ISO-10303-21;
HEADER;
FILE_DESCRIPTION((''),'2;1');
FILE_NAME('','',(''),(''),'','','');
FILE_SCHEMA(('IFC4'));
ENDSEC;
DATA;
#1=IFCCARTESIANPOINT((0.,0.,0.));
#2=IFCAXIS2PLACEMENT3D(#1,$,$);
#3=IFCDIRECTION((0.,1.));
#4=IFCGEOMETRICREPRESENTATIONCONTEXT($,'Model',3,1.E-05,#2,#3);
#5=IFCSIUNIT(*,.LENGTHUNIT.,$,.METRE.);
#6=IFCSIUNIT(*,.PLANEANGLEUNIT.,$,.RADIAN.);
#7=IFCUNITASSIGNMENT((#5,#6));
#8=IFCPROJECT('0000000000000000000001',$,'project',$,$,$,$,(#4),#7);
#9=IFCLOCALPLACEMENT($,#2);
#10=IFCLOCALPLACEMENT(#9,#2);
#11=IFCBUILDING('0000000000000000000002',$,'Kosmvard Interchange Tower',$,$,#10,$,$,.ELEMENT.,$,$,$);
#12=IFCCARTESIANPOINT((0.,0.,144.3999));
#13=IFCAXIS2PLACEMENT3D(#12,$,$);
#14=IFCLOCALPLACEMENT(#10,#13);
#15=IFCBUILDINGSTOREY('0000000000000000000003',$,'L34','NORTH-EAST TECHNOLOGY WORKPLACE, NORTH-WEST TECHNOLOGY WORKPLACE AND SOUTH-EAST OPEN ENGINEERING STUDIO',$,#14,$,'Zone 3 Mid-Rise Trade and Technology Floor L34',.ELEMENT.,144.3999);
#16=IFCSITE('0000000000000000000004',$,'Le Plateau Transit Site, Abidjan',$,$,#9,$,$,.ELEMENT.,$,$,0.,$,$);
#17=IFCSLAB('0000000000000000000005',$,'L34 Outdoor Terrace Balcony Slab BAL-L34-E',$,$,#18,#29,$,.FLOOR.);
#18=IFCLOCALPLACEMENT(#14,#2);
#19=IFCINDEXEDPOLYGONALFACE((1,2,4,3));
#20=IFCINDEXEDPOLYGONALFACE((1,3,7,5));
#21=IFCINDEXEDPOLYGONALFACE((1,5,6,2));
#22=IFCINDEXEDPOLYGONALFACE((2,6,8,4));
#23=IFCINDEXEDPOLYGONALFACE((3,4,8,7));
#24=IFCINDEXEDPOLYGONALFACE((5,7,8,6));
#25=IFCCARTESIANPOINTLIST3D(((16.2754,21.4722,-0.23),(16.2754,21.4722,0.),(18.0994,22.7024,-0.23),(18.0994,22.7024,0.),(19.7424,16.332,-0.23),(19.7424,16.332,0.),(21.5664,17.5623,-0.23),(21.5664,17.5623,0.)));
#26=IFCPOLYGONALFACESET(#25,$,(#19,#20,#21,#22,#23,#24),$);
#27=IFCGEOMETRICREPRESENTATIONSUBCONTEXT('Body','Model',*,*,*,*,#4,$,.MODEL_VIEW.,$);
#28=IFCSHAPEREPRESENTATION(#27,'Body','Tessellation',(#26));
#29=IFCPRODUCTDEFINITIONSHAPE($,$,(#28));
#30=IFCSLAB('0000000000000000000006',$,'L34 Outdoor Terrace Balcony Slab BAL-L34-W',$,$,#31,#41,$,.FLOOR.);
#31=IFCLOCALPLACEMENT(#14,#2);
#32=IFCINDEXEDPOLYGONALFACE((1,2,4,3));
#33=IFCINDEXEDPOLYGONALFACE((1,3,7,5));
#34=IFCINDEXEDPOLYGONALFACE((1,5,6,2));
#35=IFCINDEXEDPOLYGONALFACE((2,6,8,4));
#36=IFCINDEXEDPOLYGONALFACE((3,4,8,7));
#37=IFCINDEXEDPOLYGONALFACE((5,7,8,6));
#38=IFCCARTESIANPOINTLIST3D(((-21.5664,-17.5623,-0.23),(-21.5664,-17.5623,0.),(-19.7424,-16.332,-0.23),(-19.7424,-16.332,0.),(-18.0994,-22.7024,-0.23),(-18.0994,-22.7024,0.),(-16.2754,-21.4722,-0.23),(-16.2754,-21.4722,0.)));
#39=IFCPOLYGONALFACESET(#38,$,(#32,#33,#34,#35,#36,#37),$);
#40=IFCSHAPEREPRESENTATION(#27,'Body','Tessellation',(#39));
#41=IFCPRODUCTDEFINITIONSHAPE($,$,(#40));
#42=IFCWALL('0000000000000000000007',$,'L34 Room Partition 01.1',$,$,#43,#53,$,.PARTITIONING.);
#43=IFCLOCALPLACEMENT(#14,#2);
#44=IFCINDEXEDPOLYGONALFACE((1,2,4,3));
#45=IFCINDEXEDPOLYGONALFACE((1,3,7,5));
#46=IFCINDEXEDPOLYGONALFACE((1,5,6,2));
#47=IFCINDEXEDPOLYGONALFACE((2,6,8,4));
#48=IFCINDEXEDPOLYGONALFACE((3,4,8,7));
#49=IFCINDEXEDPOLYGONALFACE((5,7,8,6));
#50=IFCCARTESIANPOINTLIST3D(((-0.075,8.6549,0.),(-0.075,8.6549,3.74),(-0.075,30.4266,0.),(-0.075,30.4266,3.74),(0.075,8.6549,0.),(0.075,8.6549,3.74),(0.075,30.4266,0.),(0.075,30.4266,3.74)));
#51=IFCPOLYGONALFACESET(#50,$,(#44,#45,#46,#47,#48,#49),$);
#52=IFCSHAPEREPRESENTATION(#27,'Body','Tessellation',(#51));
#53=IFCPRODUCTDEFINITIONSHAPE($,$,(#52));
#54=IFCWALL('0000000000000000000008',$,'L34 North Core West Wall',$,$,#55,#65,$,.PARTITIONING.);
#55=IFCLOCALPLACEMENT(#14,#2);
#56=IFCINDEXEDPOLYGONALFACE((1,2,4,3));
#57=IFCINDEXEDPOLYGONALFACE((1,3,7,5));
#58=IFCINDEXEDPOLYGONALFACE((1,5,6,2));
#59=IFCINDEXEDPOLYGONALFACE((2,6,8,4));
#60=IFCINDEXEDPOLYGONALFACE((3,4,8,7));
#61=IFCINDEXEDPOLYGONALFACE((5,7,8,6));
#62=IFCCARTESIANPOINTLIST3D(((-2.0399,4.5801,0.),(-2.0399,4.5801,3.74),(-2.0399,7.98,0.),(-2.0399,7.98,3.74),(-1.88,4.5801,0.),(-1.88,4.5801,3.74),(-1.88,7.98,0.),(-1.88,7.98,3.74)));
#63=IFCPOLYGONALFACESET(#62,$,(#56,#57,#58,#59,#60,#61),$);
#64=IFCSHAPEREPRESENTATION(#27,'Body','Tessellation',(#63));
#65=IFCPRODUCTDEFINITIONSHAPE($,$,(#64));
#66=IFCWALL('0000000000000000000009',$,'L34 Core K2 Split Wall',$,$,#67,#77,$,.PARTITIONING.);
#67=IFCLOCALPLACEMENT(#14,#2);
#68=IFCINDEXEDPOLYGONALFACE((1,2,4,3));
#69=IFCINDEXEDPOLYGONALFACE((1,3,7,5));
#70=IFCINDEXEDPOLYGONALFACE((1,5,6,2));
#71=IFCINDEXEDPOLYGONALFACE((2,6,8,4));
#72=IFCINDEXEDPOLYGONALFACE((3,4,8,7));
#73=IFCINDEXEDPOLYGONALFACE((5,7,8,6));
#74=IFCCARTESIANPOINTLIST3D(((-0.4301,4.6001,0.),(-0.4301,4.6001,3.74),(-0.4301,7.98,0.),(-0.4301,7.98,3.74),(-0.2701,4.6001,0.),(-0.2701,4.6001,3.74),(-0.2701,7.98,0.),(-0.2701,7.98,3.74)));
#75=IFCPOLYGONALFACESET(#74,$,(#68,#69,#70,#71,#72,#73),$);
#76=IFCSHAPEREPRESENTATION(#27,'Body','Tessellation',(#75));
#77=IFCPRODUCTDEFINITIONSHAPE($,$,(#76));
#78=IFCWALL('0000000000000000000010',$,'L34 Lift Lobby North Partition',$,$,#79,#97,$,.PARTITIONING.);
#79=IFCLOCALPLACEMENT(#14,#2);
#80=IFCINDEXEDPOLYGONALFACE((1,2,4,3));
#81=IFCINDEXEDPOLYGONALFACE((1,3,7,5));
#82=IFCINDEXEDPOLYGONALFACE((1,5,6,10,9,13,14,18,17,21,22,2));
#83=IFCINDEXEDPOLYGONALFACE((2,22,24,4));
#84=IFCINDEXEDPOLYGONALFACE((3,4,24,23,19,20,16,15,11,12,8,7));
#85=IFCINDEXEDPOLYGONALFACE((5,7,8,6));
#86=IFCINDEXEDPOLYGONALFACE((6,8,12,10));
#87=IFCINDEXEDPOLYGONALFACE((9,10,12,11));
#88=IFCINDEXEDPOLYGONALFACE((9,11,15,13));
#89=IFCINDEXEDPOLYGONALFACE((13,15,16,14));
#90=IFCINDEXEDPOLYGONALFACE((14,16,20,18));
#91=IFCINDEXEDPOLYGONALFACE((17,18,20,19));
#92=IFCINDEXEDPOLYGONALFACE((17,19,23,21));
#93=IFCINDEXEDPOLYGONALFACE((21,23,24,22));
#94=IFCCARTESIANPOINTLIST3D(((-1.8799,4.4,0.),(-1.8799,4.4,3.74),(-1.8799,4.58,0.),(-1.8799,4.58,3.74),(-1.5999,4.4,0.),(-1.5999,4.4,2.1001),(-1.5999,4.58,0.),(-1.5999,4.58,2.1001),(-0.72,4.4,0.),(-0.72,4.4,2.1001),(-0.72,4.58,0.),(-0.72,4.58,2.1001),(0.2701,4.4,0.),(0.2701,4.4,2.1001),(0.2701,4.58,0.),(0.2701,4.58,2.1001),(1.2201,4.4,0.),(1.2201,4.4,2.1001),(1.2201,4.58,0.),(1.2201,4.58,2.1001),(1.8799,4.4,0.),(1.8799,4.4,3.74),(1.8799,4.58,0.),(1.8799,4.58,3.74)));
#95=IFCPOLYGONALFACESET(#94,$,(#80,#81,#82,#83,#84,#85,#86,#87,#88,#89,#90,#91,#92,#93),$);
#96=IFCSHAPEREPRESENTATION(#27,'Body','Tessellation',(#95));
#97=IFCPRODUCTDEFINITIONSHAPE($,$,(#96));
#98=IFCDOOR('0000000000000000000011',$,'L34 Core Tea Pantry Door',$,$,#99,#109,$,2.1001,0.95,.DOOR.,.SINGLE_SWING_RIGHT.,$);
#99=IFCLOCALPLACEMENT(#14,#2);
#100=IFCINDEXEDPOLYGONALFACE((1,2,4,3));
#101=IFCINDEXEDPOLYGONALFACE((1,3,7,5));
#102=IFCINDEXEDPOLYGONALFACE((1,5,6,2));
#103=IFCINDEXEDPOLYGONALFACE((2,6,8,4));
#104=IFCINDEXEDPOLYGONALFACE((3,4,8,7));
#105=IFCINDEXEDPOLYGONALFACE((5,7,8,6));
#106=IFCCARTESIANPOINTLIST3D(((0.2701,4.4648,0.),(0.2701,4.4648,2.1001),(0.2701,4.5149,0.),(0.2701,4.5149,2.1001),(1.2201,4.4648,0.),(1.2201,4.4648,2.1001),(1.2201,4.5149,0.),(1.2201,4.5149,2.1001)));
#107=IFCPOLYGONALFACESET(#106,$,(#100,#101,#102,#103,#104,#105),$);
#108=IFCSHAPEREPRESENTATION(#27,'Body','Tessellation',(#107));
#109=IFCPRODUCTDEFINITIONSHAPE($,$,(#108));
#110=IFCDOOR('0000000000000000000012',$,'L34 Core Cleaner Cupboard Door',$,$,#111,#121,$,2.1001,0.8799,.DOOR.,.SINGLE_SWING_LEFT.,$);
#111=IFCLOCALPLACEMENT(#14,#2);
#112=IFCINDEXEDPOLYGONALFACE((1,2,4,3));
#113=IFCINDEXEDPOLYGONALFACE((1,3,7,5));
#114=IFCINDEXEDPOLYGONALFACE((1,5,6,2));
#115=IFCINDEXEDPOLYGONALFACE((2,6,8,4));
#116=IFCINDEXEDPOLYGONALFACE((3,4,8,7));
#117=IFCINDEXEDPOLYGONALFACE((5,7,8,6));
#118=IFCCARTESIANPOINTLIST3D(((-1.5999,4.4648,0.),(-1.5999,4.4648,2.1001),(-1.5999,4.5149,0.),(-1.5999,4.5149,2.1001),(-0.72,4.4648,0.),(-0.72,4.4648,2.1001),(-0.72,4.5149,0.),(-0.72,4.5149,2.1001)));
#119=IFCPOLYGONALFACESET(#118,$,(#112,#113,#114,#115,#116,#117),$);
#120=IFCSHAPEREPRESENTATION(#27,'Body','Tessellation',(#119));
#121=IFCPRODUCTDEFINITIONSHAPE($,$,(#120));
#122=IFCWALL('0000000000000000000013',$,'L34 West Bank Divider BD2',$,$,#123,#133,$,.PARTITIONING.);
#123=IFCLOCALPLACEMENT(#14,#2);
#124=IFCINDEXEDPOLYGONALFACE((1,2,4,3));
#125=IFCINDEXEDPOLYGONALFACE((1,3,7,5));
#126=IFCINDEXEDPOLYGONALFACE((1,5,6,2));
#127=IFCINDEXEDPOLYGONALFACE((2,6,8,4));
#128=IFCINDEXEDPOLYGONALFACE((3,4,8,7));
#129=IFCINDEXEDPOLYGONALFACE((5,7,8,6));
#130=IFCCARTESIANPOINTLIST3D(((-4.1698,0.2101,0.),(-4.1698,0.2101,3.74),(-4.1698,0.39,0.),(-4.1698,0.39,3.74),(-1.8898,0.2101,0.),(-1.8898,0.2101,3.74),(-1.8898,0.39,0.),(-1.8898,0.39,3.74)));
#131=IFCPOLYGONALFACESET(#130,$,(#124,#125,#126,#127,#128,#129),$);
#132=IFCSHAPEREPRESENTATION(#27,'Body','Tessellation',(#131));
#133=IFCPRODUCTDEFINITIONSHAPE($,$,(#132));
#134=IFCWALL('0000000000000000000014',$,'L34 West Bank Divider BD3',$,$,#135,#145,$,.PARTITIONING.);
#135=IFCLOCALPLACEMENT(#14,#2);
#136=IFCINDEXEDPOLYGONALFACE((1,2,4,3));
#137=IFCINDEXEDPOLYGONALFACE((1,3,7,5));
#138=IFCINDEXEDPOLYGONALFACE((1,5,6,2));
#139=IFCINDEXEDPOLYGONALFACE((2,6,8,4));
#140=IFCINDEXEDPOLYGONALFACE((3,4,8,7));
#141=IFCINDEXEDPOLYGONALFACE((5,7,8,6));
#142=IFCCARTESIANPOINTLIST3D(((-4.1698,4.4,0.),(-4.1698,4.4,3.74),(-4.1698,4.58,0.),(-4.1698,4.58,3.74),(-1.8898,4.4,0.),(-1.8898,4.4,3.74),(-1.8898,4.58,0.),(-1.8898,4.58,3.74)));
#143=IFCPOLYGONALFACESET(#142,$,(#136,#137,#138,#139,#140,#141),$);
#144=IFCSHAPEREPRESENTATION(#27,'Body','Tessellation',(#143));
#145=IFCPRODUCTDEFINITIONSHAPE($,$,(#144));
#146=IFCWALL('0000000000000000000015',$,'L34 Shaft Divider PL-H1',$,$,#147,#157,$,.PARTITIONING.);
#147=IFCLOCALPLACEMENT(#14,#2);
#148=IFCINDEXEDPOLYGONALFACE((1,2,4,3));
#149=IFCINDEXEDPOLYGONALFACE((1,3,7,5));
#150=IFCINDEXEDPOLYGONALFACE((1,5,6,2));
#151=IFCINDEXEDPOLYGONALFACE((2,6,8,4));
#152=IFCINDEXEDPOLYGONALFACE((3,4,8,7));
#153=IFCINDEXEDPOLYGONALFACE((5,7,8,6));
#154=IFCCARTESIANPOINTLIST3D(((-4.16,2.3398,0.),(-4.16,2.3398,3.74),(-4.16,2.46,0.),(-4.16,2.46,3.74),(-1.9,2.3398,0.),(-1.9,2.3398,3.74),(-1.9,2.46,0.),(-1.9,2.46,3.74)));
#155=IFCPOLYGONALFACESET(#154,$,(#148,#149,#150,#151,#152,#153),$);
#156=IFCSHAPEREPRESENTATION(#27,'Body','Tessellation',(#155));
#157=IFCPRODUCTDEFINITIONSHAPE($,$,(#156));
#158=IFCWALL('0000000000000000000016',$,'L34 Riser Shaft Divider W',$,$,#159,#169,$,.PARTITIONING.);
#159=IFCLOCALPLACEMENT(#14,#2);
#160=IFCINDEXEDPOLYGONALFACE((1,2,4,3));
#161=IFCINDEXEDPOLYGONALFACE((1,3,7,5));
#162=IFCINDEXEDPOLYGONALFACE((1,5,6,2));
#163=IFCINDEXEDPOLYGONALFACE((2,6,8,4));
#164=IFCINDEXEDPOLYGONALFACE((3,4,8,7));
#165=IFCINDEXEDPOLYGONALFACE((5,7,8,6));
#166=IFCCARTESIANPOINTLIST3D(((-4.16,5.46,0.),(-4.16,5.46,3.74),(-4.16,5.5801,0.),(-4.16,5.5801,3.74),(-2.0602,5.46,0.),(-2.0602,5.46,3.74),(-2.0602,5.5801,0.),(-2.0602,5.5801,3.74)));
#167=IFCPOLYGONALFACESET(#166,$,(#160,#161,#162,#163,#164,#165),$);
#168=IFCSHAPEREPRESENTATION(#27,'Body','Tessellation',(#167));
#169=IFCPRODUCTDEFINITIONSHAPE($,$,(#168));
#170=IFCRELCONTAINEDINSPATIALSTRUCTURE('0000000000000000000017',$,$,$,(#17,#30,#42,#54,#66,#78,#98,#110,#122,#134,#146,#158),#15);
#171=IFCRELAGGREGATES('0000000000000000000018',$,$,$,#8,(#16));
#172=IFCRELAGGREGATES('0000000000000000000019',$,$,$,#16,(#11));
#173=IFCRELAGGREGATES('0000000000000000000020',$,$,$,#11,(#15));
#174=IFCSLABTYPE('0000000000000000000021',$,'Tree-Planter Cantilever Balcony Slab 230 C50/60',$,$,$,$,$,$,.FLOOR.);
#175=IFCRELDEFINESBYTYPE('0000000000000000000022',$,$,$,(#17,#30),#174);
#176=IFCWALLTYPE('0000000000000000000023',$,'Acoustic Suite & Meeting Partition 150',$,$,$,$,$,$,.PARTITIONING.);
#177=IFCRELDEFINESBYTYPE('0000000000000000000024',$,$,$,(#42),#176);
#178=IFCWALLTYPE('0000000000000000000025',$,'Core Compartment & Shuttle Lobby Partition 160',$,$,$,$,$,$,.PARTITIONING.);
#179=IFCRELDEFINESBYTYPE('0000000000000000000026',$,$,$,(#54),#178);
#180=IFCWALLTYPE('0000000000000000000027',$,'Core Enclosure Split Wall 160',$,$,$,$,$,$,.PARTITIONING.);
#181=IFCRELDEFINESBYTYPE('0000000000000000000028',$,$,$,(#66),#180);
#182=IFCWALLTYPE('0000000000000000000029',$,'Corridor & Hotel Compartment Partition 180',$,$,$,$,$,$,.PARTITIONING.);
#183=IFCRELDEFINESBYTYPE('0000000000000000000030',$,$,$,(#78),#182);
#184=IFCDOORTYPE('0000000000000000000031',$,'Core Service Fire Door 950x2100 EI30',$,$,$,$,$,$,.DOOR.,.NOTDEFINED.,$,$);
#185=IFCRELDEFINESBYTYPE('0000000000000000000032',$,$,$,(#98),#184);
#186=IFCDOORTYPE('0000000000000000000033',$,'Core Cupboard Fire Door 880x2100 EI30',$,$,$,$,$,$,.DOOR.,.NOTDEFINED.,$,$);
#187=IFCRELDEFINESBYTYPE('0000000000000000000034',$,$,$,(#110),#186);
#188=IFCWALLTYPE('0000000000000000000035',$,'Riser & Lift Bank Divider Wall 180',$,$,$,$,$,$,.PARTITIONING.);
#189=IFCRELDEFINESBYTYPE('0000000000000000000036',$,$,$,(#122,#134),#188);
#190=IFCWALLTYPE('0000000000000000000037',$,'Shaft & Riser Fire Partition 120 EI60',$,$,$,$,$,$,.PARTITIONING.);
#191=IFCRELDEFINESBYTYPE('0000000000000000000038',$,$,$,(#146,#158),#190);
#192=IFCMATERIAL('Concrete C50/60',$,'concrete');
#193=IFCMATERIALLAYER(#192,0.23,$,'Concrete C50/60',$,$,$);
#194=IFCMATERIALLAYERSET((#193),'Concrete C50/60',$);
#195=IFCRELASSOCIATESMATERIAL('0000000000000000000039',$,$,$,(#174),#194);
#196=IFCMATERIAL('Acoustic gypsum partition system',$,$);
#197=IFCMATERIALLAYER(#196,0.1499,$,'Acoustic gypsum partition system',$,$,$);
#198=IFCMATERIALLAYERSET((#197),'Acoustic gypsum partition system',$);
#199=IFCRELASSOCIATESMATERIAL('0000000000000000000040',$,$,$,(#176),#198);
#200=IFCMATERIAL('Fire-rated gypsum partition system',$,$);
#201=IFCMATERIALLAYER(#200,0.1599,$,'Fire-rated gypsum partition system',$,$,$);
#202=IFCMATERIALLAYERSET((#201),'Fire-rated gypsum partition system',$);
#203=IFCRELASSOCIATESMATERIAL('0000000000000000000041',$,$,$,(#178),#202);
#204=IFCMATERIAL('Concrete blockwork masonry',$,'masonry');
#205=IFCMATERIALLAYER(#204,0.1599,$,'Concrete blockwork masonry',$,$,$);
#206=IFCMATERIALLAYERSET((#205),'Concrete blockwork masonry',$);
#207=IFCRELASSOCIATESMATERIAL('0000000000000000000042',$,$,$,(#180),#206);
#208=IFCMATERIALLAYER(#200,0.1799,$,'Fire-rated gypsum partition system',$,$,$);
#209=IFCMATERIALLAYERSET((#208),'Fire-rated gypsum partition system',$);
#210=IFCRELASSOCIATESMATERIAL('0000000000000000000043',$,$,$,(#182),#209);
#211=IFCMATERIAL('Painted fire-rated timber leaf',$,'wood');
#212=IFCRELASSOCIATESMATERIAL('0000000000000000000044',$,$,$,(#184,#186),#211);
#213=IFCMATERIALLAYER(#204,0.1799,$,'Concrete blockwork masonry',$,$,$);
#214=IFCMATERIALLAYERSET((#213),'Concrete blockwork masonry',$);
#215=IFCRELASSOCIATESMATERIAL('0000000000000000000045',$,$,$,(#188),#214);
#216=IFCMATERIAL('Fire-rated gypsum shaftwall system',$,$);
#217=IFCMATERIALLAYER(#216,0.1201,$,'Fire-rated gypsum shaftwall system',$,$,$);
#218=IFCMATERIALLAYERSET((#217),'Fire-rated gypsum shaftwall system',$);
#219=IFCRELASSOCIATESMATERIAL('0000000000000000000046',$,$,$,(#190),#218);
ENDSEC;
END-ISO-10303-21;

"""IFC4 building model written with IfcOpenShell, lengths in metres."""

from ifc_helpers import new_model, si_unit, direction, frame, frame_2d, origin, place, context, subcontext, project, spatial, polyline, rectangle, outline, extrude, source, transform, mapped, material, layer, layer_set, type_object, element, fill, save


model = new_model("IFC4")

# Units and contexts
model_context = context("Model", 3, precision=1e-05, world=origin(), true_north=direction((0.0, 1.0)))
body_context = subcontext(model_context, "Body", "Model", "MODEL_VIEW")
ifc_project = project(units=[si_unit("LENGTHUNIT", "METRE"), si_unit("PLANEANGLEUNIT", "RADIAN")], contexts=[model_context])

# Site, building, storey
site_placement = place(None, origin())
site = spatial("IfcSite", under=ifc_project, at=site_placement, Name="Le Plateau Transit Site, Abidjan", CompositionType="ELEMENT", RefElevation=0.0)
building_placement = place(site_placement, origin())
building = spatial("IfcBuilding", under=site, at=building_placement, Name="Kosmvard Interchange Tower", CompositionType="ELEMENT")
storey_placement = place(building_placement, frame((0.0, 0.0, 144.3999)))
storey = spatial("IfcBuildingStorey", under=building, at=storey_placement, Name="L34", Description="NORTH-EAST TECHNOLOGY WORKPLACE, NORTH-WEST TECHNOLOGY WORKPLACE AND SOUTH-EAST OPEN ENGINEERING STUDIO", LongName="Zone 3 Mid-Rise Trade and Technology Floor L34", CompositionType="ELEMENT", Elevation=144.3999)

# Slabs
ifc_material_1 = material(Name="Concrete C50/60", Category="concrete")
ifc_layer_1 = layer(ifc_material_1, 0.23, Name="Concrete C50/60")
ifc_layer_set_1 = layer_set([ifc_layer_1], Name="Concrete C50/60")
slab_type_1 = type_object("IfcSlabType", Name="Tree-Planter Cantilever Balcony Slab 230 C50/60", PredefinedType="FLOOR", material=ifc_layer_set_1)
slab_1_placement = place(storey_placement, frame((0.0, 0.0, -0.23)))
element("IfcSlab", 1, at=slab_1_placement, inside=storey, type_object=slab_type_1, Name="L34 Outdoor Terrace Balcony Slab BAL-L34-E", PredefinedType="FLOOR", context=body_context, shape_type="SweptSolid", body=[
    extrude(outline(polyline([(19.7424, 16.332), (21.5664, 17.5623), (18.0994, 22.7024), (16.2754, 21.4722), (19.7424, 16.332)])), origin(), (0.0, 0.0, 1.0), 0.23),
])
slab_2_placement = place(storey_placement, frame((0.0, 0.0, -0.23)))
element("IfcSlab", 2, at=slab_2_placement, inside=storey, type_object=slab_type_1, Name="L34 Outdoor Terrace Balcony Slab BAL-L34-W", PredefinedType="FLOOR", context=body_context, shape_type="SweptSolid", body=[
    extrude(outline(polyline([(-18.0994, -22.7024), (-16.2754, -21.4722), (-19.7424, -16.332), (-21.5664, -17.5623), (-18.0994, -22.7024)])), origin(), (0.0, 0.0, 1.0), 0.23),
])

# Walls
ifc_material_2 = material(Name="Acoustic gypsum partition system")
ifc_layer_2 = layer(ifc_material_2, 0.1499, Name="Acoustic gypsum partition system")
ifc_layer_set_2 = layer_set([ifc_layer_2], Name="Acoustic gypsum partition system")
wall_type_1 = type_object("IfcWallType", Name="Acoustic Suite & Meeting Partition 150", PredefinedType="PARTITIONING", material=ifc_layer_set_2)
wall_1_placement = place(storey_placement, frame((0.0, 8.655, 0.0), z_axis=(0.0, 0.0, 1.0), x_axis=(0.0, 1.0, 0.0)))
element("IfcWall", 3, at=wall_1_placement, inside=storey, type_object=wall_type_1, Name="L34 Room Partition 01.1", PredefinedType="PARTITIONING", context=body_context, shape_type="SweptSolid", body=[
    extrude(rectangle(XDim=21.7717, YDim=0.1499, at=frame_2d((10.8857, 0.0))), origin(), (0.0, 0.0, 1.0), 3.74),
])
ifc_material_3 = material(Name="Fire-rated gypsum partition system")
ifc_layer_3 = layer(ifc_material_3, 0.1599, Name="Fire-rated gypsum partition system")
ifc_layer_set_3 = layer_set([ifc_layer_3], Name="Fire-rated gypsum partition system")
wall_type_2 = type_object("IfcWallType", Name="Core Compartment & Shuttle Lobby Partition 160", PredefinedType="PARTITIONING", material=ifc_layer_set_3)
wall_2_placement = place(storey_placement, frame((-1.96, 4.5801, 0.0), z_axis=(0.0, 0.0, 1.0), x_axis=(0.0, 1.0, 0.0)))
element("IfcWall", 4, at=wall_2_placement, inside=storey, type_object=wall_type_2, Name="L34 North Core West Wall", PredefinedType="PARTITIONING", context=body_context, shape_type="SweptSolid", body=[
    extrude(rectangle(XDim=3.3999, YDim=0.1599, at=frame_2d((1.7, 0.0))), origin(), (0.0, 0.0, 1.0), 3.74),
])
ifc_material_4 = material(Name="Concrete blockwork masonry", Category="masonry")
ifc_layer_4 = layer(ifc_material_4, 0.1599, Name="Concrete blockwork masonry")
ifc_layer_set_4 = layer_set([ifc_layer_4], Name="Concrete blockwork masonry")
wall_type_3 = type_object("IfcWallType", Name="Core Enclosure Split Wall 160", PredefinedType="PARTITIONING", material=ifc_layer_set_4)
wall_3_placement = place(storey_placement, frame((-0.3501, 4.6001, 0.0), z_axis=(0.0, 0.0, 1.0), x_axis=(0.0, 1.0, 0.0)))
element("IfcWall", 5, at=wall_3_placement, inside=storey, type_object=wall_type_3, Name="L34 Core K2 Split Wall", PredefinedType="PARTITIONING", context=body_context, shape_type="SweptSolid", body=[
    extrude(rectangle(XDim=3.3799, YDim=0.1599, at=frame_2d((1.6899, 0.0))), origin(), (0.0, 0.0, 1.0), 3.74),
])

# Wall, openings, doors
ifc_layer_5 = layer(ifc_material_3, 0.1799, Name="Fire-rated gypsum partition system")
ifc_layer_set_5 = layer_set([ifc_layer_5], Name="Fire-rated gypsum partition system")
wall_type_4 = type_object("IfcWallType", Name="Corridor & Hotel Compartment Partition 180", PredefinedType="PARTITIONING", material=ifc_layer_set_5)
wall_4_placement = place(storey_placement, frame((-1.8799, 4.49, 0.0), z_axis=(0.0, 0.0, 1.0), x_axis=(1.0, 0.0, 0.0)))
wall_4 = element("IfcWall", 6, at=wall_4_placement, inside=storey, type_object=wall_type_4, Name="L34 Lift Lobby North Partition", PredefinedType="PARTITIONING", context=body_context, shape_type="SweptSolid", body=[
    extrude(rectangle(XDim=3.7598, YDim=0.1799, at=frame_2d((1.8799, 0.0))), origin(), (0.0, 0.0, 1.0), 3.74),
])
opening_1_placement = place(wall_4_placement, frame((0.28, 0.0, 0.0)))
opening_1 = element("IfcOpeningElement", 7, at=opening_1_placement, cuts=wall_4, PredefinedType="OPENING", context=body_context, shape_type="SweptSolid", body=[
    extrude(rectangle(XDim=0.8799, YDim=2.1001, at=frame_2d((0.4399, 1.05))), frame((0.0, 0.1001, 0.0), z_axis=(0.0, -1.0, 0.0), x_axis=(1.0, 0.0, 0.0)), (0.0, 0.0, 1.0), 0.2),
])
opening_2_placement = place(wall_4_placement, frame((2.1499, 0.0, 0.0)))
opening_2 = element("IfcOpeningElement", 8, at=opening_2_placement, cuts=wall_4, PredefinedType="OPENING", context=body_context, shape_type="SweptSolid", body=[
    extrude(rectangle(XDim=0.95, YDim=2.1001, at=frame_2d((0.4751, 1.05))), frame((0.0, 0.1001, 0.0), z_axis=(0.0, -1.0, 0.0), x_axis=(1.0, 0.0, 0.0)), (0.0, 0.0, 1.0), 0.2),
])
ifc_material_5 = material(Name="Painted fire-rated timber leaf", Category="wood")
door_type_1 = type_object("IfcDoorType", Name="Core Service Fire Door 950x2100 EI30", OperationType="NOTDEFINED", PredefinedType="DOOR", material=ifc_material_5)
shared_shape_1 = source(origin(), body_context, "Body", "SweptSolid", [
    extrude(rectangle(XDim=0.95, YDim=2.1001, at=frame_2d((0.4751, 1.05))), frame((0.0, 0.0249, 0.0), z_axis=(0.0, -1.0, 0.0), x_axis=(1.0, 0.0, 0.0)), (0.0, 0.0, 1.0), 0.05),
])
door_1_placement = place(opening_2_placement, origin())
door_1 = element("IfcDoor", 9, at=door_1_placement, inside=storey, type_object=door_type_1, Name="L34 Core Tea Pantry Door", OperationType="SINGLE_SWING_RIGHT", OverallHeight=2.1001, OverallWidth=0.95, PredefinedType="DOOR", context=body_context, shape_type="MappedRepresentation", body=[
    mapped(shared_shape_1, transform((0.0, 0.0, 0.0), scale=1.0)),
])
fill(opening_2, door_1)
door_type_2 = type_object("IfcDoorType", Name="Core Cupboard Fire Door 880x2100 EI30", OperationType="NOTDEFINED", PredefinedType="DOOR", material=ifc_material_5)
shared_shape_2 = source(origin(), body_context, "Body", "SweptSolid", [
    extrude(rectangle(XDim=0.8799, YDim=2.1001, at=frame_2d((0.4399, 1.05))), frame((0.0, 0.0249, 0.0), z_axis=(0.0, -1.0, 0.0), x_axis=(1.0, 0.0, 0.0)), (0.0, 0.0, 1.0), 0.05),
])
door_2_placement = place(opening_1_placement, origin())
door_2 = element("IfcDoor", 10, at=door_2_placement, inside=storey, type_object=door_type_2, Name="L34 Core Cleaner Cupboard Door", OperationType="SINGLE_SWING_LEFT", OverallHeight=2.1001, OverallWidth=0.8799, PredefinedType="DOOR", context=body_context, shape_type="MappedRepresentation", body=[
    mapped(shared_shape_2, transform((0.0, 0.0, 0.0), scale=1.0)),
])
fill(opening_1, door_2)

# Walls
ifc_layer_6 = layer(ifc_material_4, 0.1799, Name="Concrete blockwork masonry")
ifc_layer_set_6 = layer_set([ifc_layer_6], Name="Concrete blockwork masonry")
wall_type_5 = type_object("IfcWallType", Name="Riser & Lift Bank Divider Wall 180", PredefinedType="PARTITIONING", material=ifc_layer_set_6)
for number, where, z_axis, x_axis, name in (
    (11, (-4.1699, 0.3, 0.0), (0.0, 0.0, 1.0), (1.0, 0.0, 0.0), "L34 West Bank Divider BD2"),
    (12, (-4.1699, 4.49, 0.0), (0.0, 0.0, 1.0), (1.0, 0.0, 0.0), "L34 West Bank Divider BD3"),
):
    element("IfcWall", number, at=place(storey_placement, frame(where, z_axis=z_axis, x_axis=x_axis)), inside=storey, type_object=wall_type_5, Name=name, PredefinedType="PARTITIONING", context=body_context, shape_type="SweptSolid", body=[
        extrude(rectangle(XDim=2.28, YDim=0.1799, at=frame_2d((1.1401, 0.0))), origin(), (0.0, 0.0, 1.0), 3.74),
    ])
ifc_material_6 = material(Name="Fire-rated gypsum shaftwall system")
ifc_layer_7 = layer(ifc_material_6, 0.1201, Name="Fire-rated gypsum shaftwall system")
ifc_layer_set_7 = layer_set([ifc_layer_7], Name="Fire-rated gypsum shaftwall system")
wall_type_6 = type_object("IfcWallType", Name="Shaft & Riser Fire Partition 120 EI60", PredefinedType="PARTITIONING", material=ifc_layer_set_7)
wall_5_placement = place(storey_placement, frame((-4.1599, 2.3999, 0.0), z_axis=(0.0, 0.0, 1.0), x_axis=(1.0, 0.0, 0.0)))
element("IfcWall", 13, at=wall_5_placement, inside=storey, type_object=wall_type_6, Name="L34 Shaft Divider PL-H1", PredefinedType="PARTITIONING", context=body_context, shape_type="SweptSolid", body=[
    extrude(rectangle(XDim=2.26, YDim=0.1201, at=frame_2d((1.1299, 0.0))), origin(), (0.0, 0.0, 1.0), 3.74),
])
wall_6_placement = place(storey_placement, frame((-4.1599, 5.52, 0.0), z_axis=(0.0, 0.0, 1.0), x_axis=(1.0, 0.0, 0.0)))
element("IfcWall", 14, at=wall_6_placement, inside=storey, type_object=wall_type_6, Name="L34 Riser Shaft Divider W", PredefinedType="PARTITIONING", context=body_context, shape_type="SweptSolid", body=[
    extrude(rectangle(XDim=2.0999, YDim=0.1201, at=frame_2d((1.0498, 0.0))), origin(), (0.0, 0.0, 1.0), 3.74),
])

save(model, "model.ifc")
